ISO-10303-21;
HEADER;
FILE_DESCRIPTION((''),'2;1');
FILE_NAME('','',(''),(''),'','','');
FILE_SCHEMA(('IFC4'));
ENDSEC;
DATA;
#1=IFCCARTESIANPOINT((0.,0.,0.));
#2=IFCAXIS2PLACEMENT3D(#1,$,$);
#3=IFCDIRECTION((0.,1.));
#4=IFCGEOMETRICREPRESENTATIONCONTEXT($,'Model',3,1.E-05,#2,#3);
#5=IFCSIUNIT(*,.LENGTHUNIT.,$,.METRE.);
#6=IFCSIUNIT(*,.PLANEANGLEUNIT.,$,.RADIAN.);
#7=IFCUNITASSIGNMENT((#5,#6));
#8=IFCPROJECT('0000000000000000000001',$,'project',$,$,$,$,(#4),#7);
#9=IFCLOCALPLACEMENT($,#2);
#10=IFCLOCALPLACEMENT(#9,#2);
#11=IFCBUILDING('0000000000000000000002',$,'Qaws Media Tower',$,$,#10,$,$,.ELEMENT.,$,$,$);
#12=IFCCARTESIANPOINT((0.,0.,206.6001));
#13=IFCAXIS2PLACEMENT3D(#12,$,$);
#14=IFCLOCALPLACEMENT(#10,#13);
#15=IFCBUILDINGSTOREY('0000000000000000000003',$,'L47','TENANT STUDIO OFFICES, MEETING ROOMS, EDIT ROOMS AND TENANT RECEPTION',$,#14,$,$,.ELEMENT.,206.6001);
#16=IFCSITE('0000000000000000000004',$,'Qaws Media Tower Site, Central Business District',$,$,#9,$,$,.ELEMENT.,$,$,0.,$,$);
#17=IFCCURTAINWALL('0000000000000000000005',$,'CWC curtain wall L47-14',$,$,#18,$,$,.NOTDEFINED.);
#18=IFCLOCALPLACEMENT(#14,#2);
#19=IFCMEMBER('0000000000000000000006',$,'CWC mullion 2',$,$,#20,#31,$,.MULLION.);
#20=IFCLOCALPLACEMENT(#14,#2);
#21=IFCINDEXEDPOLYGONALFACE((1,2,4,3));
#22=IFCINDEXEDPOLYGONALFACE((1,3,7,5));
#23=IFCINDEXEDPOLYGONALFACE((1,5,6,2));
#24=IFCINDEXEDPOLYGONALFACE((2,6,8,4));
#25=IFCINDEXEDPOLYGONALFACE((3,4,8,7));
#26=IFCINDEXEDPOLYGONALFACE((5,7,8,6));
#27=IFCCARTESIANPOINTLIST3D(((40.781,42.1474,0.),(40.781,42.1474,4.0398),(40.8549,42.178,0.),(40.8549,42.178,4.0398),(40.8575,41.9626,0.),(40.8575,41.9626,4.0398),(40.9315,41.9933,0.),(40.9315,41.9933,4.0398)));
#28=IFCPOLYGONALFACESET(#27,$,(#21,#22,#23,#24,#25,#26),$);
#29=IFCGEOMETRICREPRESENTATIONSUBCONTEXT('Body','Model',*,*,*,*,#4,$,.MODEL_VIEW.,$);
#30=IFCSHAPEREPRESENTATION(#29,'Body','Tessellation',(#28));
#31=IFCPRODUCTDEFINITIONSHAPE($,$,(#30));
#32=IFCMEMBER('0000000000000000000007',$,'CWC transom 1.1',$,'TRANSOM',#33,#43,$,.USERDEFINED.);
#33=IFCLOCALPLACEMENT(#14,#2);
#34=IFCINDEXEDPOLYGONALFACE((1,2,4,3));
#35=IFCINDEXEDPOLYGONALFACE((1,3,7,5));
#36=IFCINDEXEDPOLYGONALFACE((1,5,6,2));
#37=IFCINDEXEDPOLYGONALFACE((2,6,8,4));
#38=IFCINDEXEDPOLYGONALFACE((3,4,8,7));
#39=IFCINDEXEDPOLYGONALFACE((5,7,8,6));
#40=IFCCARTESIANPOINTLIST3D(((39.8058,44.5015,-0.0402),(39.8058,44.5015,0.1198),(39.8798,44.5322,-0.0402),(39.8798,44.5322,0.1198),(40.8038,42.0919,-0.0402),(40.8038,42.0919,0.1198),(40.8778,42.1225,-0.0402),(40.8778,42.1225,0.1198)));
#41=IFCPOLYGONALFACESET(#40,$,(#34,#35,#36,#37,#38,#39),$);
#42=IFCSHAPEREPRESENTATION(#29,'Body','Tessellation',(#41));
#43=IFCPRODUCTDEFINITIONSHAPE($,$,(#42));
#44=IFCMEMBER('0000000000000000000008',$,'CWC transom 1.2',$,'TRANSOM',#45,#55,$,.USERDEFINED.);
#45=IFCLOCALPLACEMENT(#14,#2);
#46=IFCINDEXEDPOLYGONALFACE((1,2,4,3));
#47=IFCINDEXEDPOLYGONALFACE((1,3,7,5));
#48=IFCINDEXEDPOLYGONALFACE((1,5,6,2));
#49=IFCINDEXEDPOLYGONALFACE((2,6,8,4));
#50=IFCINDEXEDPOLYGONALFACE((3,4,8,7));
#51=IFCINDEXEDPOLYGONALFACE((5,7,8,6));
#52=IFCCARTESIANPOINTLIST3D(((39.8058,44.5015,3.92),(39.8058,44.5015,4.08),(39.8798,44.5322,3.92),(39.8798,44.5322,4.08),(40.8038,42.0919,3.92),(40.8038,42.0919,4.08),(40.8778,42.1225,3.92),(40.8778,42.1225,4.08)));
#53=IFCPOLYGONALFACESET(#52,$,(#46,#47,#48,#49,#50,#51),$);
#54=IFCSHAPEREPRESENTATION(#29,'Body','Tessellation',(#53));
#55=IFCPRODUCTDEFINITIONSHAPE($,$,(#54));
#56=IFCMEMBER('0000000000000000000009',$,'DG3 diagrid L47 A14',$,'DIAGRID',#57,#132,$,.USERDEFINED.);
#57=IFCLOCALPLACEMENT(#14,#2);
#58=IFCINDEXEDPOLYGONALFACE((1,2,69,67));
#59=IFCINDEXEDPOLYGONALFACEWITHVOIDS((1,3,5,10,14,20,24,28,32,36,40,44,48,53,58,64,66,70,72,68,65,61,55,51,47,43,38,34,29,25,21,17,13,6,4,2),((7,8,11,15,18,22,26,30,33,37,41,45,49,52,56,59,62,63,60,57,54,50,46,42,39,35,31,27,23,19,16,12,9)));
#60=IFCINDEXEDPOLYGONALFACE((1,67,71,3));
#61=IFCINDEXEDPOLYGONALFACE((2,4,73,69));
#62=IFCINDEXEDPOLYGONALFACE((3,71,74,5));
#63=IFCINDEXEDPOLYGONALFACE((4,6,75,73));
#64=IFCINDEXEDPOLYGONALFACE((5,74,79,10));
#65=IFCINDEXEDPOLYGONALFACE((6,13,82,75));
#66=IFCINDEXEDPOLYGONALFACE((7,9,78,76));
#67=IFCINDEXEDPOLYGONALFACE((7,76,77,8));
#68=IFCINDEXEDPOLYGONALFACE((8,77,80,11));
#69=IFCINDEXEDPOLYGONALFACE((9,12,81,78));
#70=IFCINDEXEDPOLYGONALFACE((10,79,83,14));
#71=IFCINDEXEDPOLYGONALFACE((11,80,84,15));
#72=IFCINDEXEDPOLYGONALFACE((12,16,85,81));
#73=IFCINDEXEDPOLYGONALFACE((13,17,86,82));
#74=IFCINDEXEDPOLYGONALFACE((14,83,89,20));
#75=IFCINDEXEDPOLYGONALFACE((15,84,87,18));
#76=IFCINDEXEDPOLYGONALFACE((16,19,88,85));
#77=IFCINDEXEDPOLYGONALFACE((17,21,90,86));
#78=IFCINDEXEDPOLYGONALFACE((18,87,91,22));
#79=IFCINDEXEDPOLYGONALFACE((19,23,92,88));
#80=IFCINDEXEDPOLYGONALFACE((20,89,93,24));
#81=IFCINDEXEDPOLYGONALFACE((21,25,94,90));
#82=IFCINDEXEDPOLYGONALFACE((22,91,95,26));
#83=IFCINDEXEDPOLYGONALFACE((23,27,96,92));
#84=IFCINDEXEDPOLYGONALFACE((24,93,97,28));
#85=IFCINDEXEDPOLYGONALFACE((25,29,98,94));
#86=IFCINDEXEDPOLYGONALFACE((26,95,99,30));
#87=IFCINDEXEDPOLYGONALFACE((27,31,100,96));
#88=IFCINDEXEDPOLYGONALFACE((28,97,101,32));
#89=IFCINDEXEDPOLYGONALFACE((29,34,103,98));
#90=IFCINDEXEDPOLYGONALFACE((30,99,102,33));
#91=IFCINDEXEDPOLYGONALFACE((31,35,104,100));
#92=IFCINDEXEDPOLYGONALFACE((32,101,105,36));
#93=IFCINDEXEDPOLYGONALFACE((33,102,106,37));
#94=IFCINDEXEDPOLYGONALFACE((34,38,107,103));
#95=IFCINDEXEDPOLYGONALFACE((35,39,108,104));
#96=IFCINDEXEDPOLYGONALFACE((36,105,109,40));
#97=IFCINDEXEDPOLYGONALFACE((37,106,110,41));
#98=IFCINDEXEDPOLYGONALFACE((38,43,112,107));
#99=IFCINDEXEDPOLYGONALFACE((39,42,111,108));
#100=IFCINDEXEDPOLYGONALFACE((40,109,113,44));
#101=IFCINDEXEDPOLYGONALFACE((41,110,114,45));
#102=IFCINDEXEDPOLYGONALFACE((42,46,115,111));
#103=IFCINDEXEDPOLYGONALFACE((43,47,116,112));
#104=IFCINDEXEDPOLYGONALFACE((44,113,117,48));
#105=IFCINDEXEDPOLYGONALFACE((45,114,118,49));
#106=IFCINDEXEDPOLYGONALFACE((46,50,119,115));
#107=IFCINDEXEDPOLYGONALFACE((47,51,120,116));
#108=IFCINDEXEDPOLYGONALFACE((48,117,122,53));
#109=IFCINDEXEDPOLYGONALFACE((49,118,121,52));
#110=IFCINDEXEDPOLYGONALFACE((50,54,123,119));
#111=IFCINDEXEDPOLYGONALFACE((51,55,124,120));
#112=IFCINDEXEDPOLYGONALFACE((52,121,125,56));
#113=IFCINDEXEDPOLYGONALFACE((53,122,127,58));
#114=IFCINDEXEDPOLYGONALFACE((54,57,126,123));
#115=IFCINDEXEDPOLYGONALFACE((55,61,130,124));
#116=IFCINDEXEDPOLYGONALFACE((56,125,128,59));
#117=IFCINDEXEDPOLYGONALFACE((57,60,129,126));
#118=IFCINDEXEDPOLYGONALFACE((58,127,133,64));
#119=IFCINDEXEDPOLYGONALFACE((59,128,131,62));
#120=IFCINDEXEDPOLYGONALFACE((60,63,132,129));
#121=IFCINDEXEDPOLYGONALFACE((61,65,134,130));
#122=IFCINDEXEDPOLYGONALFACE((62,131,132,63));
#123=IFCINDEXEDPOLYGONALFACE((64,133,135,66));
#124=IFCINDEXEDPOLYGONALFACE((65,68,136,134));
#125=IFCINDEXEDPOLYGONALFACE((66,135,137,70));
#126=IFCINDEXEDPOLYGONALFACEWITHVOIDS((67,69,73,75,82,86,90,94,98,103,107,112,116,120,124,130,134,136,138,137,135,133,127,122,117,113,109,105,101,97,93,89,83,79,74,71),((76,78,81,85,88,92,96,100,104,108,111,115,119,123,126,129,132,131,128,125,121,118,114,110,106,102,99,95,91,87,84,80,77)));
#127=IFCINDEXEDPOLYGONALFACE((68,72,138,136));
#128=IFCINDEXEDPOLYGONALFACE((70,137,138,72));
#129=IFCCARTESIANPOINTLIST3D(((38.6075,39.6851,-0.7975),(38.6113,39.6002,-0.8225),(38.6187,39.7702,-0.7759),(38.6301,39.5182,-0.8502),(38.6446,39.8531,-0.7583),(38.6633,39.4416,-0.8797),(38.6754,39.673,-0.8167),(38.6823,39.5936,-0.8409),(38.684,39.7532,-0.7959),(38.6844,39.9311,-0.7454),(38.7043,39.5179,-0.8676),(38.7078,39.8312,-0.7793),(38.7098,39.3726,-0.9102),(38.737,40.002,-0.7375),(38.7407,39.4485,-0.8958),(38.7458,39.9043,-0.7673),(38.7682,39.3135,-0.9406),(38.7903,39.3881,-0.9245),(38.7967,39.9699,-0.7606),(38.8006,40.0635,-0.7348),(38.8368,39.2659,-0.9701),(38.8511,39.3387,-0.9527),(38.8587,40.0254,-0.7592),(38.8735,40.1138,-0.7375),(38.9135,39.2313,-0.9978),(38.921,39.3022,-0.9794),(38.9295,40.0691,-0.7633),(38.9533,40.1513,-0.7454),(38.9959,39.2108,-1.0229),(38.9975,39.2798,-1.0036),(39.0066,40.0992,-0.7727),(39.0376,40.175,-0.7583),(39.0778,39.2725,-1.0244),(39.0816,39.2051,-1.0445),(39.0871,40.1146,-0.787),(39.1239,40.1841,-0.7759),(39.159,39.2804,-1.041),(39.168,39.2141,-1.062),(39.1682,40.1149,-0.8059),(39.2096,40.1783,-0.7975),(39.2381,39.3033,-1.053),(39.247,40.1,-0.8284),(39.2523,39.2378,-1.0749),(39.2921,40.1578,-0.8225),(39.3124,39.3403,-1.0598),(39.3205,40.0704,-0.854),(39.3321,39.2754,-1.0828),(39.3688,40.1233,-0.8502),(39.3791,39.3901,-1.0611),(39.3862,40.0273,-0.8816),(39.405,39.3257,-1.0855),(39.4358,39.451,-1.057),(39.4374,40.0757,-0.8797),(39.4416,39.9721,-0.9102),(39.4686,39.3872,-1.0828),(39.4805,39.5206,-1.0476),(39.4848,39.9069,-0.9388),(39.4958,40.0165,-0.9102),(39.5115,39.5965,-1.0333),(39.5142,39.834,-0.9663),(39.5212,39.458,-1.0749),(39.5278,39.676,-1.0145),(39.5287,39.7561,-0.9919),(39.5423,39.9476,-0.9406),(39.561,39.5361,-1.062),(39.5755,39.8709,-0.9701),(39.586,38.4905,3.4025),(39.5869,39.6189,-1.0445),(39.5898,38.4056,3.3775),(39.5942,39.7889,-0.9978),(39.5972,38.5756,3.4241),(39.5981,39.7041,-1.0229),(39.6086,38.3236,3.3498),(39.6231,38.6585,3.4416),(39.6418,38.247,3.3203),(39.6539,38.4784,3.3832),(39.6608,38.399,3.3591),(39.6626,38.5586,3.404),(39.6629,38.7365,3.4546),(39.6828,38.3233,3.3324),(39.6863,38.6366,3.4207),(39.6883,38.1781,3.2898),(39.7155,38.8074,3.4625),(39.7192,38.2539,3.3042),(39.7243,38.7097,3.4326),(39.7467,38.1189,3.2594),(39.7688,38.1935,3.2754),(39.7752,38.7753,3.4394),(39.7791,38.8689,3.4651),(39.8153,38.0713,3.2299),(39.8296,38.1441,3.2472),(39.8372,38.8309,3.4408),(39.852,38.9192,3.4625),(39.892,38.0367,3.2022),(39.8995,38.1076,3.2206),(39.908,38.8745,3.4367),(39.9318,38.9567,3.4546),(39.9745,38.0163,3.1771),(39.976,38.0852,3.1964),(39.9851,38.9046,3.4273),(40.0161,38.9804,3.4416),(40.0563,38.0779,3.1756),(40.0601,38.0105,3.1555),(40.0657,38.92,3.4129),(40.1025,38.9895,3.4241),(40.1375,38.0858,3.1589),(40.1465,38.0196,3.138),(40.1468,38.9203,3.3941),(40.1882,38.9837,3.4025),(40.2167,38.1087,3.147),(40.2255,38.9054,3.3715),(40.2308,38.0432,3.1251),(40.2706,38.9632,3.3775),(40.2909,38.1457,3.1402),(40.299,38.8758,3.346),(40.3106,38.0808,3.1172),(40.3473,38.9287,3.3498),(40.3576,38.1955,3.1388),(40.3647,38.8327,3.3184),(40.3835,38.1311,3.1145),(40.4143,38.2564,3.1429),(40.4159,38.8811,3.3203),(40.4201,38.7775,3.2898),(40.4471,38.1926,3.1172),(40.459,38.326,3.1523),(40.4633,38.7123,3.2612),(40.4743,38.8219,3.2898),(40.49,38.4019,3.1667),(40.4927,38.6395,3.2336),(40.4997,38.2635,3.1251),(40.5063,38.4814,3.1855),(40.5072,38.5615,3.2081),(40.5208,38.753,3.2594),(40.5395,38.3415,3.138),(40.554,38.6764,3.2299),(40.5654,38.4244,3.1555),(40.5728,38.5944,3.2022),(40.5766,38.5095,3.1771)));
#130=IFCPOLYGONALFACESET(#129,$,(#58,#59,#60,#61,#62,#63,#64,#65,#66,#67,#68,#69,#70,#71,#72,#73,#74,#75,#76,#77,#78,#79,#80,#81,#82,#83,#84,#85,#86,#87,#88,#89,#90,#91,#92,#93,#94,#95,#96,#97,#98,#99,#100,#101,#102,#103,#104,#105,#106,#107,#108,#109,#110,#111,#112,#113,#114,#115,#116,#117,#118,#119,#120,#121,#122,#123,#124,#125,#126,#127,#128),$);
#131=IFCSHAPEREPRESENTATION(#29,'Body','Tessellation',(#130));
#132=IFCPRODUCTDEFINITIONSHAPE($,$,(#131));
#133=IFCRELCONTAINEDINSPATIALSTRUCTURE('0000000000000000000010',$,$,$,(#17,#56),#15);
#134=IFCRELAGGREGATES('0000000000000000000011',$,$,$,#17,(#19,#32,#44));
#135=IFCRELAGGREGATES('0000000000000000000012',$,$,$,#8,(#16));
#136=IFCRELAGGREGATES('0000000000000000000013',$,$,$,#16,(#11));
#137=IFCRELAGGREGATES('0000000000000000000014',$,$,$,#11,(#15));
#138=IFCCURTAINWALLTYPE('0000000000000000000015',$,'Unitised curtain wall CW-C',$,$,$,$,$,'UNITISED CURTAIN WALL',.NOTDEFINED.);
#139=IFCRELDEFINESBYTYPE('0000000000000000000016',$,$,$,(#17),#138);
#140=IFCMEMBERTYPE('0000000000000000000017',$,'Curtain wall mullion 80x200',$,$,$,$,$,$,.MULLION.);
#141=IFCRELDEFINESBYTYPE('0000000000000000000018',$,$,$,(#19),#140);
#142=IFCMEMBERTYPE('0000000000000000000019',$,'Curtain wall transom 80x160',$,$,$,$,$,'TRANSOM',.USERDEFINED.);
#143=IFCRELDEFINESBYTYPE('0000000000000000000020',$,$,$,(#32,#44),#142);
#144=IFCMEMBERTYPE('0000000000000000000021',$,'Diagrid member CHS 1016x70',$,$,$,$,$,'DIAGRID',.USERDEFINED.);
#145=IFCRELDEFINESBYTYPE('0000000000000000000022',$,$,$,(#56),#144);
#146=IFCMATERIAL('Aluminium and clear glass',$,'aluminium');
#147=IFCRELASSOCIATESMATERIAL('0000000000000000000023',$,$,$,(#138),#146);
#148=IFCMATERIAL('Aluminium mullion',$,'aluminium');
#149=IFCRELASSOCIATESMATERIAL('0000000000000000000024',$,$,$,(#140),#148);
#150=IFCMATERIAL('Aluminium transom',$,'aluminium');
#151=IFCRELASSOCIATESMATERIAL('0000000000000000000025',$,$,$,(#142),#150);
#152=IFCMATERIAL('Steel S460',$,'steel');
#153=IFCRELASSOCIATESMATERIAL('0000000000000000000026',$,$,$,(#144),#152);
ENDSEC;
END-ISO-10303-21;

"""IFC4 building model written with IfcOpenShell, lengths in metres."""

from ifc_helpers import new_model, si_unit, direction, frame, origin, origin_2d, place, context, subcontext, project, spatial, rectangle, hollow_circle, extrude, material, material_profile, profile_set, type_object, element, aggregate, save


model = new_model("IFC4")

# Units and contexts
model_context = context("Model", 3, precision=1e-05, world=origin(), true_north=direction((0.0, 1.0)))
body_context = subcontext(model_context, "Body", "Model", "MODEL_VIEW")
ifc_project = project(units=[si_unit("LENGTHUNIT", "METRE"), si_unit("PLANEANGLEUNIT", "RADIAN")], contexts=[model_context])

# Site, building, storey
site_placement = place(None, origin())
site = spatial("IfcSite", under=ifc_project, at=site_placement, Name="Qaws Media Tower Site, Central Business District", CompositionType="ELEMENT", RefElevation=0.0)
building_placement = place(site_placement, origin())
building = spatial("IfcBuilding", under=site, at=building_placement, Name="Qaws Media Tower", CompositionType="ELEMENT")
storey_placement = place(building_placement, frame((0.0, 0.0, 206.6001)))
storey = spatial("IfcBuildingStorey", under=building, at=storey_placement, Name="L47", Description="TENANT STUDIO OFFICES, MEETING ROOMS, EDIT ROOMS AND TENANT RECEPTION", CompositionType="ELEMENT", Elevation=206.6001)

# Curtain wall, members
ifc_material_1 = material(Name="Aluminium and clear glass", Category="aluminium")
curtain_wall_type = type_object("IfcCurtainWallType", Name="Unitised curtain wall CW-C", ElementType="UNITISED CURTAIN WALL", PredefinedType="NOTDEFINED", material=ifc_material_1)
curtain_wall_placement = place(storey_placement, origin())
curtain_wall = element("IfcCurtainWall", 1, at=curtain_wall_placement, inside=storey, type_object=curtain_wall_type, Name="CWC curtain wall L47-14", PredefinedType="NOTDEFINED")
ifc_material_2 = material(Name="Aluminium mullion", Category="aluminium")
ifc_material_profile_1 = material_profile(ifc_material_2, rectangle(XDim=0.0801, YDim=0.2, at=origin_2d()), Name="80x200")
ifc_profile_set_1 = profile_set([ifc_material_profile_1], Name="Aluminium mullion")
member_type_1 = type_object("IfcMemberType", Name="Curtain wall mullion 80x200", PredefinedType="MULLION", material=ifc_profile_set_1)
member_1_placement = place(storey_placement, frame((40.8562, 42.0703, 0.0), z_axis=(0.0, 0.0, 1.0), x_axis=(0.92388, 0.382683, 0.0)))
member_1 = element("IfcMember", 2, at=member_1_placement, type_object=member_type_1, Name="CWC mullion 2", PredefinedType="MULLION", context=body_context, shape_type="SweptSolid", body=[
    extrude(rectangle(XDim=0.0801, YDim=0.2, at=origin_2d()), origin(), (0.0, 0.0, 1.0), 4.0398),
])
ifc_material_3 = material(Name="Aluminium transom", Category="aluminium")
ifc_material_profile_2 = material_profile(ifc_material_3, rectangle(XDim=0.0801, YDim=0.1599, at=origin_2d()), Name="80x160")
ifc_profile_set_2 = profile_set([ifc_material_profile_2], Name="Aluminium transom")
member_type_2 = type_object("IfcMemberType", Name="Curtain wall transom 80x160", ElementType="TRANSOM", PredefinedType="USERDEFINED", material=ifc_profile_set_2)
member_2_placement = place(storey_placement, frame((39.8428, 44.5168, 0.0398), z_axis=(0.38266, -0.923889, 0.0), x_axis=(0.923889, 0.38266, 0.0)))
member_2 = element("IfcMember", 3, at=member_2_placement, type_object=member_type_2, Name="CWC transom 1.1", ObjectType="TRANSOM", PredefinedType="USERDEFINED", context=body_context, shape_type="SweptSolid", body=[
    extrude(rectangle(XDim=0.0801, YDim=0.1599, at=origin_2d()), origin(), (0.0, 0.0, 1.0), 2.6082),
])
member_3_placement = place(storey_placement, frame((39.8428, 44.5168, 4.0), z_axis=(0.38266, -0.923889, 0.0), x_axis=(0.923889, 0.38266, 0.0)))
member_3 = element("IfcMember", 4, at=member_3_placement, type_object=member_type_2, Name="CWC transom 1.2", ObjectType="TRANSOM", PredefinedType="USERDEFINED", context=body_context, shape_type="SweptSolid", body=[
    extrude(rectangle(XDim=0.0801, YDim=0.1599, at=origin_2d()), origin(), (0.0, 0.0, 1.0), 2.6082),
])

# Member
ifc_material_4 = material(Name="Steel S460", Category="steel")
ifc_material_profile_3 = material_profile(ifc_material_4, hollow_circle(Radius=0.5081, WallThickness=0.0701, at=origin_2d()), Name="CHS 1016x70")
ifc_profile_set_3 = profile_set([ifc_material_profile_3], Name="Steel S460")
member_type_3 = type_object("IfcMemberType", Name="Diagrid member CHS 1016x70", ElementType="DIAGRID", PredefinedType="USERDEFINED", material=ifc_profile_set_3)
for number, where, z_axis, x_axis, name in (
    (5, (39.1028, 39.6946, -0.9102), (0.218671, -0.266955, 0.938572), (0.773598, 0.633677, 0.0), "DG3 diagrid L47 A14"),
):
    element("IfcMember", number, at=place(storey_placement, frame(where, z_axis=z_axis, x_axis=x_axis)), inside=storey, type_object=member_type_3, Name=name, ObjectType="DIAGRID", PredefinedType="USERDEFINED", context=body_context, shape_type="SweptSolid", body=[
        extrude(hollow_circle(Radius=0.5081, WallThickness=0.0701, at=origin_2d()), origin(), (0.0, 0.0, 1.0), 4.4749),
    ])

aggregate(curtain_wall, [member_1, member_2, member_3])

save(model, "model.ifc")
